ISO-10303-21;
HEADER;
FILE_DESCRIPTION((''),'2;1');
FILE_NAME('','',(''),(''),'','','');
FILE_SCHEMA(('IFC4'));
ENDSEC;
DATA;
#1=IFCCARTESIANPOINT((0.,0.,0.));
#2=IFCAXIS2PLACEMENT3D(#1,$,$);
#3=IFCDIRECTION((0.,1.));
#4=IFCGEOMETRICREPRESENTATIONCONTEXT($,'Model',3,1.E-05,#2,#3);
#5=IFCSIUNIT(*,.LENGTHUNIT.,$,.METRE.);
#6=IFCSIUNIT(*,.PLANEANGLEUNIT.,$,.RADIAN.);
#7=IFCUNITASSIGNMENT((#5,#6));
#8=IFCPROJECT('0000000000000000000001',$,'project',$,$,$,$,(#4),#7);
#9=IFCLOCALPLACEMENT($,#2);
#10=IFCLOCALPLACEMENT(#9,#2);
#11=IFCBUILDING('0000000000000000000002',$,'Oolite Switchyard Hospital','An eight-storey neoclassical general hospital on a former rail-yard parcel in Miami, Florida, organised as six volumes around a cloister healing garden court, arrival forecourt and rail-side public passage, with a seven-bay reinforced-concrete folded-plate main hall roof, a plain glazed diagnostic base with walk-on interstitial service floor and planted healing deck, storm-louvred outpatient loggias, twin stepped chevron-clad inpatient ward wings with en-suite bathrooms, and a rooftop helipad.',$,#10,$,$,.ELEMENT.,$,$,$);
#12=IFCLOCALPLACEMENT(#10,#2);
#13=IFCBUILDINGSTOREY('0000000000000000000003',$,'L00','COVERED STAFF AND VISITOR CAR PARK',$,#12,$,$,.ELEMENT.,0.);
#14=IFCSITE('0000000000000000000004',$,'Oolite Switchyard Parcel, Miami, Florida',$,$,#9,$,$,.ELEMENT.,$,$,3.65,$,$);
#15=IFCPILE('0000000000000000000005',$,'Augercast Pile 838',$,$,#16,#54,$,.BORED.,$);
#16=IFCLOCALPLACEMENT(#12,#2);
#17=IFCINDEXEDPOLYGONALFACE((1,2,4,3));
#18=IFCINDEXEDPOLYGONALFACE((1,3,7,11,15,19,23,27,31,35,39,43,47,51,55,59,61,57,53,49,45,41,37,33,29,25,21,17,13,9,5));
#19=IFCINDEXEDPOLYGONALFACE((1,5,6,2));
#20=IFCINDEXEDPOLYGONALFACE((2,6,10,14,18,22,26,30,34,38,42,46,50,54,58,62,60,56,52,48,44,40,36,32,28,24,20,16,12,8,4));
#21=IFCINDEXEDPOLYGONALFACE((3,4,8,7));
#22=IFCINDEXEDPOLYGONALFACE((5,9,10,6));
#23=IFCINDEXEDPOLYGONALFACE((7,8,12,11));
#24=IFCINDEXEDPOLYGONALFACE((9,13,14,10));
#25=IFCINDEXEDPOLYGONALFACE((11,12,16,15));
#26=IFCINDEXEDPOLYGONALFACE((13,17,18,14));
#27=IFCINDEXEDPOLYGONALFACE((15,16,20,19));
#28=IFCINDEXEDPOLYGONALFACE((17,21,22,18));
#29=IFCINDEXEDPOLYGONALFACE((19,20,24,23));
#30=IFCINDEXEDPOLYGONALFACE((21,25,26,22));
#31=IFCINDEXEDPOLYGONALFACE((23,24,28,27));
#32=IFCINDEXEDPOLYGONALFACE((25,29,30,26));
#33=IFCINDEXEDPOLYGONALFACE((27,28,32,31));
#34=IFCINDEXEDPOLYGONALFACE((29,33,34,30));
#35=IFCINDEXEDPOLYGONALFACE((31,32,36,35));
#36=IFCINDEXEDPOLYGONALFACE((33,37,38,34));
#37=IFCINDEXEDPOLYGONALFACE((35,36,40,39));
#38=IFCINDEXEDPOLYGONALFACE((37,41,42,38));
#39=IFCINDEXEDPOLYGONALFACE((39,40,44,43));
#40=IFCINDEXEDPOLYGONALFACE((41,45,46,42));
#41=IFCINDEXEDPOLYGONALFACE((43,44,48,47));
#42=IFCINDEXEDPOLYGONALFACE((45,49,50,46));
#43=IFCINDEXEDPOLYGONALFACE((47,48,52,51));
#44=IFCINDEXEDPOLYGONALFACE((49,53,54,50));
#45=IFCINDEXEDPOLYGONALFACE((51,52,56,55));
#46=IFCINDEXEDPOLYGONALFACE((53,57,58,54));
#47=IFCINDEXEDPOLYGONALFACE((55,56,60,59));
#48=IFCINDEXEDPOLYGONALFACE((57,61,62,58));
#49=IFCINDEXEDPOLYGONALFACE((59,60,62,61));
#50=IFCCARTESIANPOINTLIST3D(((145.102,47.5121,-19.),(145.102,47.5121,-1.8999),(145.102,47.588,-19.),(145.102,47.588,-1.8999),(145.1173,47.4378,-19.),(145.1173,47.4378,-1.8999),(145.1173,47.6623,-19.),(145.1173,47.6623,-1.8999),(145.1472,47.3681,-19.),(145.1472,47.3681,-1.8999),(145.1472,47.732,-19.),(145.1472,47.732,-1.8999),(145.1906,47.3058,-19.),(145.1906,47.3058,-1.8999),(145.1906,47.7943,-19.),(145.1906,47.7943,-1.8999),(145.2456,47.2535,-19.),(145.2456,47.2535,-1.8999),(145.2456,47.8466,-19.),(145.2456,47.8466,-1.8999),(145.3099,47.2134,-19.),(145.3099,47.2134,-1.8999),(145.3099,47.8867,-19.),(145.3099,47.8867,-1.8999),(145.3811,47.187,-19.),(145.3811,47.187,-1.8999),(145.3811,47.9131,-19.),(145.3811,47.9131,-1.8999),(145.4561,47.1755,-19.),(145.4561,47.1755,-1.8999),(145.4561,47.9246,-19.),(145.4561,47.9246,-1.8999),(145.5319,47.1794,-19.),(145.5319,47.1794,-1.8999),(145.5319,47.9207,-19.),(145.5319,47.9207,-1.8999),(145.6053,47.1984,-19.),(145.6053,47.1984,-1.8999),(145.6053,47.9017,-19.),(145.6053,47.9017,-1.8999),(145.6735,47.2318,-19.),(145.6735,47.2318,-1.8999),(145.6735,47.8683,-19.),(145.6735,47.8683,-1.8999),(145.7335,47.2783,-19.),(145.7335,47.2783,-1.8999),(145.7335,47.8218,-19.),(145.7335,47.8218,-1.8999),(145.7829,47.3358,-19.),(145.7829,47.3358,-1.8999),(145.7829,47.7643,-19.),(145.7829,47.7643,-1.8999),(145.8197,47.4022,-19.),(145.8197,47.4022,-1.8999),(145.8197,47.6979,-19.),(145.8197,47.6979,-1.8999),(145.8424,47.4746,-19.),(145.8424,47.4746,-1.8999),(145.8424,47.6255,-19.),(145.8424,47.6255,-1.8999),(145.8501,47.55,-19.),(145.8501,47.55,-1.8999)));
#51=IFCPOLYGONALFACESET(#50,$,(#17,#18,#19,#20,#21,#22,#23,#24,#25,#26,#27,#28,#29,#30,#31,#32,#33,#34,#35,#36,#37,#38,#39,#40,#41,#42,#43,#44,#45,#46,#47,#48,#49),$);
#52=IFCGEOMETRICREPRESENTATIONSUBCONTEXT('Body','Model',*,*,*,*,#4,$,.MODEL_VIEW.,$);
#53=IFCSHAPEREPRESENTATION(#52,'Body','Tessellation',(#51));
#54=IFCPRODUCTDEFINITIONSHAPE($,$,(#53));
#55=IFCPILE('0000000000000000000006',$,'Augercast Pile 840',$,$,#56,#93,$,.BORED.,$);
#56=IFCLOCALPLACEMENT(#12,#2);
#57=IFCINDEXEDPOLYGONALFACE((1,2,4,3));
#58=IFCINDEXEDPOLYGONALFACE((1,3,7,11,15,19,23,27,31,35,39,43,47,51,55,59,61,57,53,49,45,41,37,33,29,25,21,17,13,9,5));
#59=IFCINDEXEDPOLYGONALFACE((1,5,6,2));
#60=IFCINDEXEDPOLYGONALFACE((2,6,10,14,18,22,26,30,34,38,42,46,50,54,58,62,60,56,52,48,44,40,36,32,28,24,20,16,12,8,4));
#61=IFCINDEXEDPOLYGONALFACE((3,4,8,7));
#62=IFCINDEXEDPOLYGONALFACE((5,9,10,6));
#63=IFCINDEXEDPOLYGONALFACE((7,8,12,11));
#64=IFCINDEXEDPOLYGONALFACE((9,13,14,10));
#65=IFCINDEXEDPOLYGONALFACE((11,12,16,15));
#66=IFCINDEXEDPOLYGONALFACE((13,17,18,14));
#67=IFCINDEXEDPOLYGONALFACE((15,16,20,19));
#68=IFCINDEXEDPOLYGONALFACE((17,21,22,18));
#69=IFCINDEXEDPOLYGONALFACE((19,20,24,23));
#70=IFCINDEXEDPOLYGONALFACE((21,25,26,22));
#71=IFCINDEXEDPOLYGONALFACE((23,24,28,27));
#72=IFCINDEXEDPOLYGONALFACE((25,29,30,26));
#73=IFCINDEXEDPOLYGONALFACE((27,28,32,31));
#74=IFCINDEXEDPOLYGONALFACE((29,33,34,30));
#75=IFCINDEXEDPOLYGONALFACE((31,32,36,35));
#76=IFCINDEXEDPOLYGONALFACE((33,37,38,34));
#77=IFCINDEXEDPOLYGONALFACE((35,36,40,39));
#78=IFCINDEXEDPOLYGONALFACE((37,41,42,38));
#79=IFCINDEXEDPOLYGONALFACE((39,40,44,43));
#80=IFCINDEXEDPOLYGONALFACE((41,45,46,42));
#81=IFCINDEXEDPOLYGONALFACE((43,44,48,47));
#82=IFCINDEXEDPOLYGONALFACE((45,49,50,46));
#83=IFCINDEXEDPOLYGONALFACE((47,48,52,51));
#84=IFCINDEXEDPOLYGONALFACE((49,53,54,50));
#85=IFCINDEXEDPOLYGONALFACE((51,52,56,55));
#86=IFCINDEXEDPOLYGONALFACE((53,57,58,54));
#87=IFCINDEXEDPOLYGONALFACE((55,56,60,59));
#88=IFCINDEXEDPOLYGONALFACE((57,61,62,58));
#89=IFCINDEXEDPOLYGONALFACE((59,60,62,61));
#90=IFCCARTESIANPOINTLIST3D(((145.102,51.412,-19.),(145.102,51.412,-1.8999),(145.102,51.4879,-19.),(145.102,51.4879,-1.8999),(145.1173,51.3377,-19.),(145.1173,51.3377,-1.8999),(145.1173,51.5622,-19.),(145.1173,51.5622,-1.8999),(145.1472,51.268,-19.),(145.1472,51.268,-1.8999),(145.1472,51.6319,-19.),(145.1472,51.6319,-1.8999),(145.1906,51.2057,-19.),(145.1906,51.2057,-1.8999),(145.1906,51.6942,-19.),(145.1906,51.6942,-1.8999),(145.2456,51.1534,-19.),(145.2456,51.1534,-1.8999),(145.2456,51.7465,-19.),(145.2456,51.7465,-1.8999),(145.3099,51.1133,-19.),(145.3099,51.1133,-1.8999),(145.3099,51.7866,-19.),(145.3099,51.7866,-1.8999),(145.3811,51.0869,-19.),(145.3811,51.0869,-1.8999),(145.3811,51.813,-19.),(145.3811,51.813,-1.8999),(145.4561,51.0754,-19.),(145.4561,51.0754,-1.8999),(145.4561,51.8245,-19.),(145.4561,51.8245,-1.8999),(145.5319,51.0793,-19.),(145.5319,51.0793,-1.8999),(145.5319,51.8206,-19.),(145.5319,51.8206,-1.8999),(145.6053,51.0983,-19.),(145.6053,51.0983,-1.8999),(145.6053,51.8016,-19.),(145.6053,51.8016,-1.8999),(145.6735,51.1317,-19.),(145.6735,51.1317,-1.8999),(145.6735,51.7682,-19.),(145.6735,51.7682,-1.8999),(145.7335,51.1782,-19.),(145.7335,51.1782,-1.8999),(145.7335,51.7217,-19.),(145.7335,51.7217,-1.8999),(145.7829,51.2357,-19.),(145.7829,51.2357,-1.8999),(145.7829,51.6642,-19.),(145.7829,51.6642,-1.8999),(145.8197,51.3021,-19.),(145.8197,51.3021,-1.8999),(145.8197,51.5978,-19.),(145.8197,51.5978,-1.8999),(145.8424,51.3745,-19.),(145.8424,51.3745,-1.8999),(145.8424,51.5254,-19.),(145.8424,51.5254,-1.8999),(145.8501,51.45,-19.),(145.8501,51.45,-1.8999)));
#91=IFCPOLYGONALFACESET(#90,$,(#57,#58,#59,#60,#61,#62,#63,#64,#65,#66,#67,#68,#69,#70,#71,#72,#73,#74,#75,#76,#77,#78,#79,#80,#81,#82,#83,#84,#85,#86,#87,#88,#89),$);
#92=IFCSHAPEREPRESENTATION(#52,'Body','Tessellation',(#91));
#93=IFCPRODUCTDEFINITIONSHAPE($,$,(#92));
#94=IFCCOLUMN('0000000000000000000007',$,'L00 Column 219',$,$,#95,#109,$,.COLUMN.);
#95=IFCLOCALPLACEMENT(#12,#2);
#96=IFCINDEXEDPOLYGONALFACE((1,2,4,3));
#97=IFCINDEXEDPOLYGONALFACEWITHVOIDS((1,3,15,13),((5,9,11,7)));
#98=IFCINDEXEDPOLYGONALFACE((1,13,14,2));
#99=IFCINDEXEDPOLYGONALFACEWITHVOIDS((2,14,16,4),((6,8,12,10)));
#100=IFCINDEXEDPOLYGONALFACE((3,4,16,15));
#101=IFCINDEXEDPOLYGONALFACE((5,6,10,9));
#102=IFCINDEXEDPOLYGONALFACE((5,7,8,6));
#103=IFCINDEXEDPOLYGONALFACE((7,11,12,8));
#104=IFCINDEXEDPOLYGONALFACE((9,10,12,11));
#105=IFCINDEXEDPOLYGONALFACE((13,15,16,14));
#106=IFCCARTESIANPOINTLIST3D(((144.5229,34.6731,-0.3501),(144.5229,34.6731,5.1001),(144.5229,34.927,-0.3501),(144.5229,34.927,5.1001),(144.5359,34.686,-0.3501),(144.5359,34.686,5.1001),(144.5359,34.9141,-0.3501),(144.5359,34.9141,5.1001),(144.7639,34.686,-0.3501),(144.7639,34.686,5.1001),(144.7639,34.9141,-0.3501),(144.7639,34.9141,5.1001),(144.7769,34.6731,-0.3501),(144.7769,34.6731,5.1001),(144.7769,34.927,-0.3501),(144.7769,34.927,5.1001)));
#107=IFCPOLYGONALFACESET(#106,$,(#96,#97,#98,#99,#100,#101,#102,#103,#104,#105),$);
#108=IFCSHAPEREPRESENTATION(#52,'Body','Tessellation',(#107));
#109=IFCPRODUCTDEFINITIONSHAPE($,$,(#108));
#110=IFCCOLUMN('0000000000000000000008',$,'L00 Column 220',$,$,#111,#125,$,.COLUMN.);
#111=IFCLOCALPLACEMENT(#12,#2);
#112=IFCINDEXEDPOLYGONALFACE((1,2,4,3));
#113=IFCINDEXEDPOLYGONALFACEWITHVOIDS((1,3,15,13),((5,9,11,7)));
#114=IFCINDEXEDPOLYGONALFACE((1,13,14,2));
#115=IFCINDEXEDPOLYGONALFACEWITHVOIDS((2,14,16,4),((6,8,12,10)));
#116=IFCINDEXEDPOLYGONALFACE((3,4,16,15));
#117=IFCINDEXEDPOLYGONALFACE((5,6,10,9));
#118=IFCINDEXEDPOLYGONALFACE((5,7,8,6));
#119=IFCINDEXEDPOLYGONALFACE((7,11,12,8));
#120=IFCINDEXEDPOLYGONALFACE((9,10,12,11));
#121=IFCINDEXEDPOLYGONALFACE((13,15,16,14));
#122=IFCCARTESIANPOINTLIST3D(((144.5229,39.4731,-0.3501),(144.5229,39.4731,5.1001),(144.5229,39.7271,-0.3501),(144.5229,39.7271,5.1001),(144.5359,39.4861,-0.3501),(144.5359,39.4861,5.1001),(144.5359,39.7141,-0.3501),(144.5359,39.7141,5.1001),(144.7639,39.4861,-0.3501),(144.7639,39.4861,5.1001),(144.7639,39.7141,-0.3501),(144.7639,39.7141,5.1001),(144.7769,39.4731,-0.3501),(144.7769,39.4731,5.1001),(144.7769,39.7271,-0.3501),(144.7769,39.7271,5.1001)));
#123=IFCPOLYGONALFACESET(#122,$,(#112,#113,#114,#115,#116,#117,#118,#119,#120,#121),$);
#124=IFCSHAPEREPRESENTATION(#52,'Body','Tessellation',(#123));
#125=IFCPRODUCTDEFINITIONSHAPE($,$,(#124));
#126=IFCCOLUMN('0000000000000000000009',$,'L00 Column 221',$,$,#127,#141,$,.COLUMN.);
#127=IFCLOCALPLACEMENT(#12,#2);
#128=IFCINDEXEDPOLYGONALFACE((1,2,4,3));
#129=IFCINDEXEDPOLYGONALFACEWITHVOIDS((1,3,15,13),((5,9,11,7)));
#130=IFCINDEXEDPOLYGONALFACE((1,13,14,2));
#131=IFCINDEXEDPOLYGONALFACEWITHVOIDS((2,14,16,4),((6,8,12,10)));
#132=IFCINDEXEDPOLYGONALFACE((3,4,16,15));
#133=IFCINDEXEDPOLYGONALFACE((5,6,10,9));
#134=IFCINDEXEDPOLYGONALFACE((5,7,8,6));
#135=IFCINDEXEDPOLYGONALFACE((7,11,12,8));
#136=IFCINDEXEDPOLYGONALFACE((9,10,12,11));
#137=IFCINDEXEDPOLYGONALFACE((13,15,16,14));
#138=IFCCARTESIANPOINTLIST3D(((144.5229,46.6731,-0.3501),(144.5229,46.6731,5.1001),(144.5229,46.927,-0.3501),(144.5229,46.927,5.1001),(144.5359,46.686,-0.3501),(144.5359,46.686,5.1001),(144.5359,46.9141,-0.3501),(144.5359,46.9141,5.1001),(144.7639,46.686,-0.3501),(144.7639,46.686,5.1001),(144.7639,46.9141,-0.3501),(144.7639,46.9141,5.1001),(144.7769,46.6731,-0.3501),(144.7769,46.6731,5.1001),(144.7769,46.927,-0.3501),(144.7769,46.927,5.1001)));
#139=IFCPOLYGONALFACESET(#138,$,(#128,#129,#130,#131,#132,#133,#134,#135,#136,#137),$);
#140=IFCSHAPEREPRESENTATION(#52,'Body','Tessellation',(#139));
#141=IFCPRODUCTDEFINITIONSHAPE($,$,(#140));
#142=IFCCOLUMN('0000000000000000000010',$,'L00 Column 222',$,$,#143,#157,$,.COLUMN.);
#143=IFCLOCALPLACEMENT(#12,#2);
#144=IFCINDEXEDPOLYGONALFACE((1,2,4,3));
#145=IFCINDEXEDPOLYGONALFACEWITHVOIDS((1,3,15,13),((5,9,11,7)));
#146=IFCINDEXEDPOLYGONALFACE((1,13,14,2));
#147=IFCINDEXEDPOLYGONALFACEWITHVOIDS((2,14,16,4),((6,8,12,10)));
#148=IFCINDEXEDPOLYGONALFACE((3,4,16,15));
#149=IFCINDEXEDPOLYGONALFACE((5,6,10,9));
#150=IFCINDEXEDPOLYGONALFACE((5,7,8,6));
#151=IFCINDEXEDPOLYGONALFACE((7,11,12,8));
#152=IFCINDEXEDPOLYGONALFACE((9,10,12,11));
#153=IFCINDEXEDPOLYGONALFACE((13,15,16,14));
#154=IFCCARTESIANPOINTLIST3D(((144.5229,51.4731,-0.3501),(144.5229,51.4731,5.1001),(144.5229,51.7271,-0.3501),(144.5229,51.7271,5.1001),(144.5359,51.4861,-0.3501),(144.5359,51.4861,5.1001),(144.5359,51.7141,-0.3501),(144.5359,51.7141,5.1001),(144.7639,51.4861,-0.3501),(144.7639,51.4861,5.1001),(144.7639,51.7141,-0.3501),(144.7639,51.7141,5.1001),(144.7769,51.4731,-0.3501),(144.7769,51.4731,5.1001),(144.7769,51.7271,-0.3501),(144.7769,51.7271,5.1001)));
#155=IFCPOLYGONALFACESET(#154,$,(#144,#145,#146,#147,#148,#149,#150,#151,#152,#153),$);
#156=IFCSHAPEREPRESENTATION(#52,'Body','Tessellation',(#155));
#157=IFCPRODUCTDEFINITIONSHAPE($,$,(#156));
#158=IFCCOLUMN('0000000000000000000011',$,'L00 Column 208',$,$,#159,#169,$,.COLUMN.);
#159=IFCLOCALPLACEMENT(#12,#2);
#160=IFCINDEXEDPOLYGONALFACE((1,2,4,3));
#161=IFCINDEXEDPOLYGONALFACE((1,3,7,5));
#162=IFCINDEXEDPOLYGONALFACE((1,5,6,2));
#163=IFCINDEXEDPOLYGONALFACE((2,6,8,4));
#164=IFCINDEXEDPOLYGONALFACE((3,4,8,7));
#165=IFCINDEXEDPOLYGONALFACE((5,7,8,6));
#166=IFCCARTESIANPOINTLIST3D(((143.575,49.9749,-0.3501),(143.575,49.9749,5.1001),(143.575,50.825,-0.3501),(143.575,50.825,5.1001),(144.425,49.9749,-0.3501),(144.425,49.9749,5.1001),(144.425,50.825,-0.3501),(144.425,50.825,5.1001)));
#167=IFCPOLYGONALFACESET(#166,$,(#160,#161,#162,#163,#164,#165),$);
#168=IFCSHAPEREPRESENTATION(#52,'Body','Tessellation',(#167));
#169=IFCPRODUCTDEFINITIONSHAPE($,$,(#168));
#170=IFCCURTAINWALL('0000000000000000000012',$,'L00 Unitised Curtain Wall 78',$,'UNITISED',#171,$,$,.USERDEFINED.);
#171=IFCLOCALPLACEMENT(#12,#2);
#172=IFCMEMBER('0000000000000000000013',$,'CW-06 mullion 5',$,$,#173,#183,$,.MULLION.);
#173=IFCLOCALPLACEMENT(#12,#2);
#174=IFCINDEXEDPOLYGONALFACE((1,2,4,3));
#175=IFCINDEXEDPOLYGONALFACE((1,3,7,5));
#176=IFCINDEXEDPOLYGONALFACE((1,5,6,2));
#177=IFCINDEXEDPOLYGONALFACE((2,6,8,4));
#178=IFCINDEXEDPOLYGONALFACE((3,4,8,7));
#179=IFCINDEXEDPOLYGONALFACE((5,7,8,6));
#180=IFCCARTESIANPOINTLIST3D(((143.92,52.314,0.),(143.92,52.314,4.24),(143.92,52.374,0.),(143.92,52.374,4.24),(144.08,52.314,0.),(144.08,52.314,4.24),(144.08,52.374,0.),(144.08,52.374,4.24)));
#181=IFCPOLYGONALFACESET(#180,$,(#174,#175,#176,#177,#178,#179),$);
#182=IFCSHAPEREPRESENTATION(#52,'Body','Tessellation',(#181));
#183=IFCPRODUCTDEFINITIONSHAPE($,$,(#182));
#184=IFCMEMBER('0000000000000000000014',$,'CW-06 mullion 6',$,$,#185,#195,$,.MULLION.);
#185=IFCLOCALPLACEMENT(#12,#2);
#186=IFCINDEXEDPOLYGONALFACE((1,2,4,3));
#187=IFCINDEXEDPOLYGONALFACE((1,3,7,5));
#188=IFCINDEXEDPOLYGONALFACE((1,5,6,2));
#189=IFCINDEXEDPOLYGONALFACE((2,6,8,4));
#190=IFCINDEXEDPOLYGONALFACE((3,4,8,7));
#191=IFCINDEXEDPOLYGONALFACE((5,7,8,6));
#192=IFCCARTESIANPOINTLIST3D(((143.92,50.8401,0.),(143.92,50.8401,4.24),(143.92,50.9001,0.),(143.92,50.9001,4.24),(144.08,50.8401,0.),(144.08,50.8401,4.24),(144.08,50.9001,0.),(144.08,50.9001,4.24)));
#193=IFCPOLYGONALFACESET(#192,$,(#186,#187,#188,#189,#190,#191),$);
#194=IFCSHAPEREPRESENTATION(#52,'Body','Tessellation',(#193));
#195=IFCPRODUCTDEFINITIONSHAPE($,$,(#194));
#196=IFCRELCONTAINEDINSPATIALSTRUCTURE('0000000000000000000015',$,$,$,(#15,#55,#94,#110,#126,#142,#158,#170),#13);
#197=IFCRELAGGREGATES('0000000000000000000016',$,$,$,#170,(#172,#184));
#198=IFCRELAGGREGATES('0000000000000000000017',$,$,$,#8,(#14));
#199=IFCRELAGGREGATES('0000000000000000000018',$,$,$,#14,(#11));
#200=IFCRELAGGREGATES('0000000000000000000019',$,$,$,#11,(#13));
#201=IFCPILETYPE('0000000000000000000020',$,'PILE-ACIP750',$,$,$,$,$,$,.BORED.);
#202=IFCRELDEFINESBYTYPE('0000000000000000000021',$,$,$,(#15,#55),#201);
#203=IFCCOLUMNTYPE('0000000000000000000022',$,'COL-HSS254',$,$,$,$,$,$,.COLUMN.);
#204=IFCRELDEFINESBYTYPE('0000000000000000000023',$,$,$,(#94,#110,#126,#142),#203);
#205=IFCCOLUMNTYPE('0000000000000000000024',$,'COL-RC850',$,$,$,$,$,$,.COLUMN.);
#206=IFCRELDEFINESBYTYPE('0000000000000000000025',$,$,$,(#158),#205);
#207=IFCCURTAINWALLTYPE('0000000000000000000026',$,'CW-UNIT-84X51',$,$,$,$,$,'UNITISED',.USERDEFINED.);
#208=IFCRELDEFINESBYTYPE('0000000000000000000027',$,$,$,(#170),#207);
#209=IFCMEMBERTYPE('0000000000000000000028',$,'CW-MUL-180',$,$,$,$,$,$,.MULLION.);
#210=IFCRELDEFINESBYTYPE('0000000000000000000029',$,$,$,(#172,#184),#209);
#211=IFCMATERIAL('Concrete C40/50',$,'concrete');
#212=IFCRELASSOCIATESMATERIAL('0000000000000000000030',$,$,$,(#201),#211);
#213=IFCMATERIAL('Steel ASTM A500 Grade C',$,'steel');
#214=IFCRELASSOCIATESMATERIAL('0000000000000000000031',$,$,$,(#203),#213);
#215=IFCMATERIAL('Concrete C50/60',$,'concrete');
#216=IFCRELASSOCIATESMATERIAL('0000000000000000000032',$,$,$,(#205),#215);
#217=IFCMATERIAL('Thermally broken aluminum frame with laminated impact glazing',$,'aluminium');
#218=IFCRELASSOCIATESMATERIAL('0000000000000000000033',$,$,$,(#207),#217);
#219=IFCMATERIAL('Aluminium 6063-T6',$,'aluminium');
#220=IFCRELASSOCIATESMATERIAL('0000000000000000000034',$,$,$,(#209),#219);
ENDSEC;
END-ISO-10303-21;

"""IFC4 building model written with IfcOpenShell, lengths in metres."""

from ifc_helpers import new_model, si_unit, direction, frame, origin, origin_2d, place, context, subcontext, project, spatial, rectangle, hollow_rectangle, circle, extrude, material, material_profile, profile_set, type_object, element, aggregate, save


model = new_model("IFC4")

# Units and contexts
model_context = context("Model", 3, precision=1e-05, world=origin(), true_north=direction((0.0, 1.0)))
body_context = subcontext(model_context, "Body", "Model", "MODEL_VIEW")
ifc_project = project(units=[si_unit("LENGTHUNIT", "METRE"), si_unit("PLANEANGLEUNIT", "RADIAN")], contexts=[model_context])

# Site, building, storey
site_placement = place(None, origin())
site = spatial("IfcSite", under=ifc_project, at=site_placement, Name="Oolite Switchyard Parcel, Miami, Florida", CompositionType="ELEMENT", RefElevation=3.65)
building_placement = place(site_placement, origin())
building = spatial("IfcBuilding", under=site, at=building_placement, Name="Oolite Switchyard Hospital", Description="An eight-storey neoclassical general hospital on a former rail-yard parcel in Miami, Florida, organised as six volumes around a cloister healing garden court, arrival forecourt and rail-side public passage, with a seven-bay reinforced-concrete folded-plate main hall roof, a plain glazed diagnostic base with walk-on interstitial service floor and planted healing deck, storm-louvred outpatient loggias, twin stepped chevron-clad inpatient ward wings with en-suite bathrooms, and a rooftop helipad.", CompositionType="ELEMENT")
storey_placement = place(building_placement, origin())
storey = spatial("IfcBuildingStorey", under=building, at=storey_placement, Name="L00", Description="COVERED STAFF AND VISITOR CAR PARK", CompositionType="ELEMENT", Elevation=0.0)

# Shared definitions
ifc_material_1 = material(Name="Concrete C40/50", Category="concrete")

# Piles
ifc_material_profile_1 = material_profile(ifc_material_1, circle(Radius=0.375, at=origin_2d()), Name="PILE750")
ifc_profile_set_1 = profile_set([ifc_material_profile_1], Name="Concrete C40/50")
pile_type_1 = type_object("IfcPileType", Name="PILE-ACIP750", PredefinedType="BORED", material=ifc_profile_set_1)
for number, where, z_axis, x_axis, name in (
    (1, (145.4751, 47.55, -1.8999), (0.0, 0.0, -1.0), (1.0, 0.0, 0.0), "Augercast Pile 838"),
    (2, (145.4751, 51.45, -1.8999), (0.0, 0.0, -1.0), (1.0, 0.0, 0.0), "Augercast Pile 840"),
):
    element("IfcPile", number, at=place(storey_placement, frame(where, z_axis=z_axis, x_axis=x_axis)), inside=storey, type_object=pile_type_1, Name=name, PredefinedType="BORED", context=body_context, shape_type="SweptSolid", body=[
        extrude(circle(Radius=0.375, at=origin_2d()), origin(), (0.0, 0.0, 1.0), 17.1001),
    ])

# Columns
ifc_material_2 = material(Name="Steel ASTM A500 Grade C", Category="steel")
ifc_material_profile_2 = material_profile(ifc_material_2, hollow_rectangle(XDim=0.2539, YDim=0.2539, WallThickness=0.0129, at=origin_2d()), Name="HSS254X254X13")
ifc_profile_set_2 = profile_set([ifc_material_profile_2], Name="Steel ASTM A500 Grade C")
column_type_1 = type_object("IfcColumnType", Name="COL-HSS254", PredefinedType="COLUMN", material=ifc_profile_set_2)
for number, where, z_axis, x_axis, name in (
    (3, (144.6499, 34.8, -0.3501), (0.0, 0.0, 1.0), (1.0, 0.0, 0.0), "L00 Column 219"),
    (4, (144.6499, 39.6001, -0.3501), (0.0, 0.0, 1.0), (1.0, 0.0, 0.0), "L00 Column 220"),
    (5, (144.6499, 46.8, -0.3501), (0.0, 0.0, 1.0), (1.0, 0.0, 0.0), "L00 Column 221"),
    (6, (144.6499, 51.6001, -0.3501), (0.0, 0.0, 1.0), (1.0, 0.0, 0.0), "L00 Column 222"),
):
    element("IfcColumn", number, at=place(storey_placement, frame(where, z_axis=z_axis, x_axis=x_axis)), inside=storey, type_object=column_type_1, Name=name, PredefinedType="COLUMN", context=body_context, shape_type="SweptSolid", body=[
        extrude(hollow_rectangle(XDim=0.2539, YDim=0.2539, WallThickness=0.0129, at=origin_2d()), origin(), (0.0, 0.0, 1.0), 5.4502),
    ])
ifc_material_3 = material(Name="Concrete C50/60", Category="concrete")
ifc_material_profile_3 = material_profile(ifc_material_3, rectangle(XDim=0.8501, YDim=0.8501, at=origin_2d()), Name="RC850X850")
ifc_profile_set_3 = profile_set([ifc_material_profile_3], Name="Concrete C50/60")
column_type_2 = type_object("IfcColumnType", Name="COL-RC850", PredefinedType="COLUMN", material=ifc_profile_set_3)
column_placement = place(storey_placement, frame((144.0, 50.3999, -0.3501), z_axis=(0.0, 0.0, 1.0), x_axis=(1.0, 0.0, 0.0)))
element("IfcColumn", 7, at=column_placement, inside=storey, type_object=column_type_2, Name="L00 Column 208", PredefinedType="COLUMN", context=body_context, shape_type="SweptSolid", body=[
    extrude(rectangle(XDim=0.8501, YDim=0.8501, at=origin_2d()), origin(), (0.0, 0.0, 1.0), 5.4502),
])

# Curtain wall, members
ifc_material_4 = material(Name="Thermally broken aluminum frame with laminated impact glazing", Category="aluminium")
curtain_wall_type = type_object("IfcCurtainWallType", Name="CW-UNIT-84X51", ElementType="UNITISED", PredefinedType="USERDEFINED", material=ifc_material_4)
curtain_wall_placement = place(storey_placement, origin())
curtain_wall = element("IfcCurtainWall", 8, at=curtain_wall_placement, inside=storey, type_object=curtain_wall_type, Name="L00 Unitised Curtain Wall 78", ObjectType="UNITISED", PredefinedType="USERDEFINED")
ifc_material_5 = material(Name="Aluminium 6063-T6", Category="aluminium")
ifc_material_profile_4 = material_profile(ifc_material_5, rectangle(XDim=0.1599, YDim=0.0601, at=origin_2d()), Name="CWM60X160")
ifc_profile_set_4 = profile_set([ifc_material_profile_4], Name="Aluminium 6063-T6")
member_type_1 = type_object("IfcMemberType", Name="CW-MUL-180", PredefinedType="MULLION", material=ifc_profile_set_4)
member_1_placement = place(storey_placement, frame((144.0, 52.344, 0.0), z_axis=(0.0, 0.0, 1.0), x_axis=(1.0, 0.0, 0.0)))
member_1 = element("IfcMember", 9, at=member_1_placement, type_object=member_type_1, Name="CW-06 mullion 5", PredefinedType="MULLION", context=body_context, shape_type="SweptSolid", body=[
    extrude(rectangle(XDim=0.1599, YDim=0.0601, at=origin_2d()), origin(), (0.0, 0.0, 1.0), 4.24),
])
member_2_placement = place(storey_placement, frame((144.0, 50.8701, 0.0), z_axis=(0.0, 0.0, 1.0), x_axis=(1.0, 0.0, 0.0)))
member_2 = element("IfcMember", 10, at=member_2_placement, type_object=member_type_1, Name="CW-06 mullion 6", PredefinedType="MULLION", context=body_context, shape_type="SweptSolid", body=[
    extrude(rectangle(XDim=0.1599, YDim=0.0601, at=origin_2d()), origin(), (0.0, 0.0, 1.0), 4.24),
])
aggregate(curtain_wall, [member_1, member_2])

save(model, "model.ifc")
